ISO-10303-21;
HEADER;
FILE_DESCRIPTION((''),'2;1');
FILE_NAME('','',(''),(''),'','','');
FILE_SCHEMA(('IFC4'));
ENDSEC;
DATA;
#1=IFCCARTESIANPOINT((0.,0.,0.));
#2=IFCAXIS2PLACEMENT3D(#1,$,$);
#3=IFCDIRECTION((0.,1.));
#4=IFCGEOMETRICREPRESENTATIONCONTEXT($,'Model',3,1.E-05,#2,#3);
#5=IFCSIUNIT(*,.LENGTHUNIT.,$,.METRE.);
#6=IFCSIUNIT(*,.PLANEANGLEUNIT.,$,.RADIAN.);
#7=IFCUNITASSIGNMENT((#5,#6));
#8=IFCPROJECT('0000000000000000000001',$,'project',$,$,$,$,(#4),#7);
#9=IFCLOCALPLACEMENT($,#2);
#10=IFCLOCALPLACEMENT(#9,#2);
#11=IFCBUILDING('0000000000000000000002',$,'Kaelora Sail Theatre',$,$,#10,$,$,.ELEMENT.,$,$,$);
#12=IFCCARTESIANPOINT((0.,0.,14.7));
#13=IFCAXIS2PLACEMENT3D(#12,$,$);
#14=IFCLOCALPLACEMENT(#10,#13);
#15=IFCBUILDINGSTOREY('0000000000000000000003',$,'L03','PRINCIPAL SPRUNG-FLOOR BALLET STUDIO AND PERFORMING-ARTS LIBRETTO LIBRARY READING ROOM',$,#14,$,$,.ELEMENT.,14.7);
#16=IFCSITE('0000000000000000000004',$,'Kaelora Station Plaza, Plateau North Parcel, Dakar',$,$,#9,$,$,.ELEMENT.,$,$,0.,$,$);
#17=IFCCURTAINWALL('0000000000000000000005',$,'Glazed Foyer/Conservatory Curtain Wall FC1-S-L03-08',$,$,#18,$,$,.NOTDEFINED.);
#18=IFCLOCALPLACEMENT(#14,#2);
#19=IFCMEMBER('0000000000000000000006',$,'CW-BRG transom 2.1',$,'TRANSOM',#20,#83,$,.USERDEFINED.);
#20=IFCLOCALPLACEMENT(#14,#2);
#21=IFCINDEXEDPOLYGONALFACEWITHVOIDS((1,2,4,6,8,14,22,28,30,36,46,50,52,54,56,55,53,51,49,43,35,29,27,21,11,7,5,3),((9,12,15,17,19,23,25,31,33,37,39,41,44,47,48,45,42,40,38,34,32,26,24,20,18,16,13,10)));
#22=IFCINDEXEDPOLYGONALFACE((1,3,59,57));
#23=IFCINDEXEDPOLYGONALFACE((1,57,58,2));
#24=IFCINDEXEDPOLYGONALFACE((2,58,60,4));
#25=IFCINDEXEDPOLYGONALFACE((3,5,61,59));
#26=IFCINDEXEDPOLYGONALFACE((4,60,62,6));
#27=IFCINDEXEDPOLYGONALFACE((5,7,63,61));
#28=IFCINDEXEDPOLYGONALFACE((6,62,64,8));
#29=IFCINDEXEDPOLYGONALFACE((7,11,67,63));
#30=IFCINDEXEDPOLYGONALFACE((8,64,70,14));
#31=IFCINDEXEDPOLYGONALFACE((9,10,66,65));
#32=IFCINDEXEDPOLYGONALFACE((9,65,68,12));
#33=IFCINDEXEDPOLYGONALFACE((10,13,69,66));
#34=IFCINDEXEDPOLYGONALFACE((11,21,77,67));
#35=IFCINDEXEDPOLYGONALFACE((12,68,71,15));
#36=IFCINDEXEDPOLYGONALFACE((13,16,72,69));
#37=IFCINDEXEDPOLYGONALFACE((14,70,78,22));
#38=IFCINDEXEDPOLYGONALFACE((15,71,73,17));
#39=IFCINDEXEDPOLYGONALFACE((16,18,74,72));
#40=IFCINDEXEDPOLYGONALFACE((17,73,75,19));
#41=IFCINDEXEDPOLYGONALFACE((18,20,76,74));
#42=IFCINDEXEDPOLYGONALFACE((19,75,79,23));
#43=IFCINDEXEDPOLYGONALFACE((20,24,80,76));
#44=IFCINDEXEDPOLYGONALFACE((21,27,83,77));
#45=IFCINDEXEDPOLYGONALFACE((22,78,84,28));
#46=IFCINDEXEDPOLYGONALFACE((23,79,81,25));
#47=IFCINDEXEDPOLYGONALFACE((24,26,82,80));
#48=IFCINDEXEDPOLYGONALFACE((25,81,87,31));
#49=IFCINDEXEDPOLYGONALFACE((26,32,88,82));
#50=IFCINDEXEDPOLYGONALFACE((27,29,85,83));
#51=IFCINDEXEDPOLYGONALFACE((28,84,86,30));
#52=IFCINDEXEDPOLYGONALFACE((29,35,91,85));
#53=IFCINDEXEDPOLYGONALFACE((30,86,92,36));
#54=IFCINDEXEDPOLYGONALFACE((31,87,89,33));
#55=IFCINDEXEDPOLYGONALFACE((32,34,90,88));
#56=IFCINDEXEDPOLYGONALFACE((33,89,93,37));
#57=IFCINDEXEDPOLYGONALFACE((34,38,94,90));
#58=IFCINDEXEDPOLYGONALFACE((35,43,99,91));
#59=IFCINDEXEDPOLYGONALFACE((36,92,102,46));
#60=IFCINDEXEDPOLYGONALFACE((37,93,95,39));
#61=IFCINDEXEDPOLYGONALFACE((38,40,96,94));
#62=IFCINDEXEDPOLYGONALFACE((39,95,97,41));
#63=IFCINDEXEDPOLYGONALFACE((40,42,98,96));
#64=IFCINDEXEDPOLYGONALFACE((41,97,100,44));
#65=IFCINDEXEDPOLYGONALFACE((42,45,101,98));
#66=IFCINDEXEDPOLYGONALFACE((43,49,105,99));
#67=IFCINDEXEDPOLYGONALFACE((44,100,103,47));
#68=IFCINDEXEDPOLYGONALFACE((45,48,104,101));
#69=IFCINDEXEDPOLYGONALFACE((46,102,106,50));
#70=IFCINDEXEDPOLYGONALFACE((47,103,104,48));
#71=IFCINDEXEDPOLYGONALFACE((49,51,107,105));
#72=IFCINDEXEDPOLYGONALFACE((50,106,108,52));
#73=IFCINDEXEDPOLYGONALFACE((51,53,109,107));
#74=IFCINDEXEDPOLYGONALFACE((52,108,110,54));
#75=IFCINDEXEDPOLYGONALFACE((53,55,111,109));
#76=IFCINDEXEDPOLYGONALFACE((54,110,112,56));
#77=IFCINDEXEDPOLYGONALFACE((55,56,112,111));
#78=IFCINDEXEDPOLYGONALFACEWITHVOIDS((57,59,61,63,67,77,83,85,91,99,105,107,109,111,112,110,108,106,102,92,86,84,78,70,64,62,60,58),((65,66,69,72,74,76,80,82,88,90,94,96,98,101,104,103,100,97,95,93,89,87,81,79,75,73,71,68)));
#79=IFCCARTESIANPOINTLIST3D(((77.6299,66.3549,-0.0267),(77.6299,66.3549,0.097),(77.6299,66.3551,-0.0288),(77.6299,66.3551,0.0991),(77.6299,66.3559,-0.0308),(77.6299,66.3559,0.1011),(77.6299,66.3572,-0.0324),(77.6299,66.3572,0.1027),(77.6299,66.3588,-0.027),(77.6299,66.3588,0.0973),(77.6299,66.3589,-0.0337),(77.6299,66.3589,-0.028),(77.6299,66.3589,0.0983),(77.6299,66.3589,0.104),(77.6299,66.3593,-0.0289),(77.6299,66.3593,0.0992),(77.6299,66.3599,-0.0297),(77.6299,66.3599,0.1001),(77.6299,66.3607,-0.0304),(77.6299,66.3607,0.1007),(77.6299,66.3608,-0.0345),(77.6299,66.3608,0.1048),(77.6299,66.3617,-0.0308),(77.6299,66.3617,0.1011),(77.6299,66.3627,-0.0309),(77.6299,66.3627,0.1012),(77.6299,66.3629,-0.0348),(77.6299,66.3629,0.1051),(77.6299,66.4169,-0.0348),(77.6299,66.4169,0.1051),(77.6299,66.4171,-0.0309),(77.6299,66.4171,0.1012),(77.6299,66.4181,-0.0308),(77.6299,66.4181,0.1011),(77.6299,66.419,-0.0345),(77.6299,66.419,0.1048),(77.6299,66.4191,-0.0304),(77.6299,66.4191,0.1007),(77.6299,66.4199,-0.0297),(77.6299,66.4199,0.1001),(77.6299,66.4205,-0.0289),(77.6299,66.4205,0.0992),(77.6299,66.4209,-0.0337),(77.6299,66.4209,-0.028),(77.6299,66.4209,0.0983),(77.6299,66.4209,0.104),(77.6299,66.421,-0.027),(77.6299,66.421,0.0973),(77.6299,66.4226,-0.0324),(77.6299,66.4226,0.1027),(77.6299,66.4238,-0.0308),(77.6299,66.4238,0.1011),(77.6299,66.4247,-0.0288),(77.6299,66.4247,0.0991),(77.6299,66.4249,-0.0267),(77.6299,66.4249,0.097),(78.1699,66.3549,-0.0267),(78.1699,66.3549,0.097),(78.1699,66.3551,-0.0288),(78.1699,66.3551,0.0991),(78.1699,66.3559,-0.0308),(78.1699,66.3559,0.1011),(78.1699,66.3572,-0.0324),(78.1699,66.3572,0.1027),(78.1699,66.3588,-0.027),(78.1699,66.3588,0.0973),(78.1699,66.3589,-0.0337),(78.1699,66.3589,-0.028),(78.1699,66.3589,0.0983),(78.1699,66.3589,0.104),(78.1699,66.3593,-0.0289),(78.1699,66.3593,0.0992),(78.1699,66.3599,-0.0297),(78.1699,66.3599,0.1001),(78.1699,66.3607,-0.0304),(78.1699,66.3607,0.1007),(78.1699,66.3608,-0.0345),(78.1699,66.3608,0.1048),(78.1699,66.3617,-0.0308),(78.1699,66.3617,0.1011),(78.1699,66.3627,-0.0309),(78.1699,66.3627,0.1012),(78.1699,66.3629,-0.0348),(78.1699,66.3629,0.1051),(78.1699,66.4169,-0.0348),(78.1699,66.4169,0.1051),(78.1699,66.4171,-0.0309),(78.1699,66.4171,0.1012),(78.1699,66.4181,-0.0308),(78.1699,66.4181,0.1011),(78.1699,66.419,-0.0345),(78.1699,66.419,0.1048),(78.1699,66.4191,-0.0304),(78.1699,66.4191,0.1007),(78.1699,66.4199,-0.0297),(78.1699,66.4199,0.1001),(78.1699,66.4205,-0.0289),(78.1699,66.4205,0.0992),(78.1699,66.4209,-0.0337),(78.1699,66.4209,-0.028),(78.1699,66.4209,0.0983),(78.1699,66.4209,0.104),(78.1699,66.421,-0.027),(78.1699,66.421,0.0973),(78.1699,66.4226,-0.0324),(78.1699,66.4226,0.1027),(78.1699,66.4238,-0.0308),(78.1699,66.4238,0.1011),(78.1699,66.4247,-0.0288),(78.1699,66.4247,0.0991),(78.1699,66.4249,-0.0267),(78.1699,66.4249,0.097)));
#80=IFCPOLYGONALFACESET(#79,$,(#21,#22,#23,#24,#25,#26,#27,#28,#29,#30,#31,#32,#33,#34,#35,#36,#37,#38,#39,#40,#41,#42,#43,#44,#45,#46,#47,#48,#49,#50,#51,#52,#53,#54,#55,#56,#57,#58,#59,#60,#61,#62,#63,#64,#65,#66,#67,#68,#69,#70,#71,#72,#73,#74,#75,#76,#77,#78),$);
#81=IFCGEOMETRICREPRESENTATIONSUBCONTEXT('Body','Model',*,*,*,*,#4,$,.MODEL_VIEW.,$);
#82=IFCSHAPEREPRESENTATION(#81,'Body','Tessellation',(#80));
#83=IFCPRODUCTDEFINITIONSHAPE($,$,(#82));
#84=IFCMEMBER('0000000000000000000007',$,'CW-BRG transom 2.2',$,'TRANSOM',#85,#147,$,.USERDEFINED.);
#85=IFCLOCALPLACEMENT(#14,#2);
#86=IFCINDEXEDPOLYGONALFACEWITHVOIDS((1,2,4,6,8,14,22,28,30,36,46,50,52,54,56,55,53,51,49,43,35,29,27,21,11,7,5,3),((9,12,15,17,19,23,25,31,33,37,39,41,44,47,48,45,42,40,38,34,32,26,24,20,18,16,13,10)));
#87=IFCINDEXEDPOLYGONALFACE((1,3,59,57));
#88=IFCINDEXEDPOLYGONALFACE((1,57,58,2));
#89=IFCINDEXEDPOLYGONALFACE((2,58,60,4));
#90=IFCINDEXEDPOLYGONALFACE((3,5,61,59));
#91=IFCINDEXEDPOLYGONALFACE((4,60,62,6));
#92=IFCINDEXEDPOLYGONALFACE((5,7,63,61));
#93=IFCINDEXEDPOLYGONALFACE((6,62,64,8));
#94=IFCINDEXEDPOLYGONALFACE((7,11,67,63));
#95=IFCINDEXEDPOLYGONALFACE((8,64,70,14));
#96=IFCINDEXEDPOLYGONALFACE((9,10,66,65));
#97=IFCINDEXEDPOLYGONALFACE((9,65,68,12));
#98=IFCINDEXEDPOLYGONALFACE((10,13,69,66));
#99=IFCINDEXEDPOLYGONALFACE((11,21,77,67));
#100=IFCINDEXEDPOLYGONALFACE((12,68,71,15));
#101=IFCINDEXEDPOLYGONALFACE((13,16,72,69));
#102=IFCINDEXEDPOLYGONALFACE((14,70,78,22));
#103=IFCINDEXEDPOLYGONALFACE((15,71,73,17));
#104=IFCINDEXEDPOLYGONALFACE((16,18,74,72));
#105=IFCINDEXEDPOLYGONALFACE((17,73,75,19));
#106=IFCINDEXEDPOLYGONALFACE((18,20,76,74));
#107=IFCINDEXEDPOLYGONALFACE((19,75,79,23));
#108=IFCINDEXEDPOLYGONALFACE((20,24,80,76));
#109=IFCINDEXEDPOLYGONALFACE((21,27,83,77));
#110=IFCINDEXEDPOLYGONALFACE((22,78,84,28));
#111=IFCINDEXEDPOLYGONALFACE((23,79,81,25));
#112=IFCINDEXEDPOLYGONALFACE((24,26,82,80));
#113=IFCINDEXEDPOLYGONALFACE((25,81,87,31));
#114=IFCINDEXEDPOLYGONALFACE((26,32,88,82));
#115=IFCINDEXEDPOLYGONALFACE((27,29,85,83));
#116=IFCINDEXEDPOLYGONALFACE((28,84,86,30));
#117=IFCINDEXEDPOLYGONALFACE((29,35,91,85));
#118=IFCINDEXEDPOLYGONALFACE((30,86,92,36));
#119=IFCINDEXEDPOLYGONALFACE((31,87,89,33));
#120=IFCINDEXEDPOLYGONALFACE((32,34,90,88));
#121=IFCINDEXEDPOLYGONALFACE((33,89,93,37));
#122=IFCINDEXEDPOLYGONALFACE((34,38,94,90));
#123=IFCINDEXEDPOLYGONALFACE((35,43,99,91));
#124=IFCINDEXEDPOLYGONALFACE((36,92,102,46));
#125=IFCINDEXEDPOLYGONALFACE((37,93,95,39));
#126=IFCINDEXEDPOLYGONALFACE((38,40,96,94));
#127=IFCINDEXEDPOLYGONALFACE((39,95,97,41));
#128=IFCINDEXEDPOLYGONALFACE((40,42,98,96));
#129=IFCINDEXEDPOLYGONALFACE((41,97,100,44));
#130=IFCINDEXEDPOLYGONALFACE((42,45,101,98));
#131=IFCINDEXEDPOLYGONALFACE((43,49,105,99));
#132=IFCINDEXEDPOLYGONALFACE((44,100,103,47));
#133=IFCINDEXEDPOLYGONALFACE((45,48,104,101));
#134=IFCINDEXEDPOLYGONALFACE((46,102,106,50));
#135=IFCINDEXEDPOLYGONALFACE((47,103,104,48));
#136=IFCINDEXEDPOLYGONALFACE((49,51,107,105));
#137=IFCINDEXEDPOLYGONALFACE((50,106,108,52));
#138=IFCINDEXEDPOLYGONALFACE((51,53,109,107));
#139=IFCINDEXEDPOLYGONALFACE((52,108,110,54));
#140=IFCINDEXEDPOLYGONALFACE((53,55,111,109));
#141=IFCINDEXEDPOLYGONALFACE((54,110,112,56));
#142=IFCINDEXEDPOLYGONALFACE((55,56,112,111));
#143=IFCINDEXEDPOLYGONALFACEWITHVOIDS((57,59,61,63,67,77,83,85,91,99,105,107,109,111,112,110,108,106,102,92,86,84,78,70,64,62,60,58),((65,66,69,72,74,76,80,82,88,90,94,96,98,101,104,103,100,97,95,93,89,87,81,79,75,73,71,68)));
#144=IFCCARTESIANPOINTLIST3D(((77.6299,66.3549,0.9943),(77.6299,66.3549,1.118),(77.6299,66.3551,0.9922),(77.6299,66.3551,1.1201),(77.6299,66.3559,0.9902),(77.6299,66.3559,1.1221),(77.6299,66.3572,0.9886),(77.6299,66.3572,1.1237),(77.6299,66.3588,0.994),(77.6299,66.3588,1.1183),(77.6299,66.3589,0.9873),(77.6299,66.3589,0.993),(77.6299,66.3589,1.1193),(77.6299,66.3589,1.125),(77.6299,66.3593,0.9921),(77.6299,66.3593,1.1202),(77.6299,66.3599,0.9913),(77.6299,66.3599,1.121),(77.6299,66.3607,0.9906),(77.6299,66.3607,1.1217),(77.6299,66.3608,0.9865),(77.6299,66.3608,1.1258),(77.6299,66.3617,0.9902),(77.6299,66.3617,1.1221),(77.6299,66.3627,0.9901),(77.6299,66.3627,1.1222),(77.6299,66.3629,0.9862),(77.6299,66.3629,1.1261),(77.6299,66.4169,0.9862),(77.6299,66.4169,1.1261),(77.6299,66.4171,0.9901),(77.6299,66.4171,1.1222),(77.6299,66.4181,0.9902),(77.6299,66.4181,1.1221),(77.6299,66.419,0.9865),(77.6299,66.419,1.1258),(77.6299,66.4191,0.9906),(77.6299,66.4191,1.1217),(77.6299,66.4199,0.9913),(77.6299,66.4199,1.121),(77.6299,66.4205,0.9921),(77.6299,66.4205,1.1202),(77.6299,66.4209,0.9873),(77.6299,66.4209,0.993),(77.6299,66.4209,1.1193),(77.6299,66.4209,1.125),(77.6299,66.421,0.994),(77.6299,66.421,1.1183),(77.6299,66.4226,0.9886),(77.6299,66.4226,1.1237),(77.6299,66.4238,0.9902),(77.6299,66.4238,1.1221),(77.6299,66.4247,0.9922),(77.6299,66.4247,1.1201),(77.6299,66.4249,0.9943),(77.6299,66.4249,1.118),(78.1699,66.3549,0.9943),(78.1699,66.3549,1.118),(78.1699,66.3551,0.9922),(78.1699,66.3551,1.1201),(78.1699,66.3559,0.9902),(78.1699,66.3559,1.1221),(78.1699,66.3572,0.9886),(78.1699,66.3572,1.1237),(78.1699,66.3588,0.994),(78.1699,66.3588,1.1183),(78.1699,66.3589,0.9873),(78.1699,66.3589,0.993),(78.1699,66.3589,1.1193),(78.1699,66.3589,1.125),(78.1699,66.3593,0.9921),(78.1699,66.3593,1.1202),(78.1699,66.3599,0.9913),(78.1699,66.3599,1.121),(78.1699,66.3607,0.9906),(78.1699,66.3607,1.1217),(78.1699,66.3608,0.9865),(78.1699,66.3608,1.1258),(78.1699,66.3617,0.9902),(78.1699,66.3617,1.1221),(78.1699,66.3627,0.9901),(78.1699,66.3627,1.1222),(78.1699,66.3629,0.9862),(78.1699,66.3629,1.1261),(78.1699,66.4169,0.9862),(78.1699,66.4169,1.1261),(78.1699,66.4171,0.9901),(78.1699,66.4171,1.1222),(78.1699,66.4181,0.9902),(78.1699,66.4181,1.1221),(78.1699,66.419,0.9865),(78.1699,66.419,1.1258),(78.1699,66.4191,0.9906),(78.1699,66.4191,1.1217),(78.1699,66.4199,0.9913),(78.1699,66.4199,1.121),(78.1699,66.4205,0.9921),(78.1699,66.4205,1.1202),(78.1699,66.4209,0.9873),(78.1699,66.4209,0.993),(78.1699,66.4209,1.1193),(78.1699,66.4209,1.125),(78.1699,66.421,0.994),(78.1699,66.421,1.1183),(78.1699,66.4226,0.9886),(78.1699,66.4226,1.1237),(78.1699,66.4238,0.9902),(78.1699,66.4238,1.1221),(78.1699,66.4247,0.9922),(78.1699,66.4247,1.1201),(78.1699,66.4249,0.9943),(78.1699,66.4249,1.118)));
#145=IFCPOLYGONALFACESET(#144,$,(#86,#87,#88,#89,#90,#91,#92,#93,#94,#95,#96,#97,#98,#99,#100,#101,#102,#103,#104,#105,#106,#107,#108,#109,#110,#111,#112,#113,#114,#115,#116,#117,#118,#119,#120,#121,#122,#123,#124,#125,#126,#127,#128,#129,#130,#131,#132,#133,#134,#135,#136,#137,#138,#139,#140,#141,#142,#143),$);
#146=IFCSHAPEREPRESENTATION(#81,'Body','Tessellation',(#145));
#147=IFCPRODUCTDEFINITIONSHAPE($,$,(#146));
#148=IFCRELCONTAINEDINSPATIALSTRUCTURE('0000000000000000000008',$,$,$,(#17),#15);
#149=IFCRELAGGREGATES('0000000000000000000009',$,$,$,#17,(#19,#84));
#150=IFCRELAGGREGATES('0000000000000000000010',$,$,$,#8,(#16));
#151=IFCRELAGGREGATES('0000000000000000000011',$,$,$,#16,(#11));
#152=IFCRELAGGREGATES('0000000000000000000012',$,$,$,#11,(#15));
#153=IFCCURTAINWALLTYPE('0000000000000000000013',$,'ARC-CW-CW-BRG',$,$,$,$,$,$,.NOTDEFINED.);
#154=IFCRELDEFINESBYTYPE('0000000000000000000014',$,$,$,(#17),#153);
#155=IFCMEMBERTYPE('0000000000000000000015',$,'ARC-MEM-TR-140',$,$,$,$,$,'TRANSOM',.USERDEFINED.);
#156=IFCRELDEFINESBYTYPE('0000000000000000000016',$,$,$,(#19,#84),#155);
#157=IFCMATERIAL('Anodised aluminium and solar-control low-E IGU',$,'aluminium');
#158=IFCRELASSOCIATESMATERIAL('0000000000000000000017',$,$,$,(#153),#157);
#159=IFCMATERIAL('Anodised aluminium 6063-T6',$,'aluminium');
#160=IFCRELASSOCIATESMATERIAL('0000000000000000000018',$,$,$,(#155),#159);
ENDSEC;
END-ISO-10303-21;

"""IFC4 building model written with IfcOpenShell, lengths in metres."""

from ifc_helpers import new_model, si_unit, direction, frame, origin, origin_2d, place, context, subcontext, project, spatial, hollow_rectangle, extrude, material, material_profile, profile_set, type_object, element, aggregate, save


model = new_model("IFC4")

# Units and contexts
model_context = context("Model", 3, precision=1e-05, world=origin(), true_north=direction((0.0, 1.0)))
body_context = subcontext(model_context, "Body", "Model", "MODEL_VIEW")
ifc_project = project(units=[si_unit("LENGTHUNIT", "METRE"), si_unit("PLANEANGLEUNIT", "RADIAN")], contexts=[model_context])

# Site, building, storey
site_placement = place(None, origin())
site = spatial("IfcSite", under=ifc_project, at=site_placement, Name="Kaelora Station Plaza, Plateau North Parcel, Dakar", CompositionType="ELEMENT", RefElevation=0.0)
building_placement = place(site_placement, origin())
building = spatial("IfcBuilding", under=site, at=building_placement, Name="Kaelora Sail Theatre", CompositionType="ELEMENT")
storey_placement = place(building_placement, frame((0.0, 0.0, 14.7)))
storey = spatial("IfcBuildingStorey", under=building, at=storey_placement, Name="L03", Description="PRINCIPAL SPRUNG-FLOOR BALLET STUDIO AND PERFORMING-ARTS LIBRETTO LIBRARY READING ROOM", CompositionType="ELEMENT", Elevation=14.7)

# Curtain wall
ifc_material_1 = material(Name="Anodised aluminium and solar-control low-E IGU", Category="aluminium")
curtain_wall_type = type_object("IfcCurtainWallType", Name="ARC-CW-CW-BRG", PredefinedType="NOTDEFINED", material=ifc_material_1)
curtain_wall_1_placement = place(storey_placement, origin())
curtain_wall_1 = element("IfcCurtainWall", 1, at=curtain_wall_1_placement, inside=storey, type_object=curtain_wall_type, Name="Glazed Foyer/Conservatory Curtain Wall FC1-S-L03-08", PredefinedType="NOTDEFINED")

# Members
ifc_material_2 = material(Name="Anodised aluminium 6063-T6", Category="aluminium")
ifc_material_profile_1 = material_profile(ifc_material_2, hollow_rectangle(XDim=0.0701, YDim=0.1399, WallThickness=0.0039, InnerFilletRadius=0.0039, OuterFilletRadius=0.0081, at=origin_2d()), Name="ALU-TRAN 70x140x4")
ifc_profile_set_1 = profile_set([ifc_material_profile_1], Name="Anodised aluminium 6063-T6")
member_type_1 = type_object("IfcMemberType", Name="ARC-MEM-TR-140", ElementType="TRANSOM", PredefinedType="USERDEFINED", material=ifc_profile_set_1)
member_1_placement = place(storey_placement, frame((77.6299, 66.3899, 0.0352), z_axis=(1.0, 0.0, 0.0), x_axis=(0.0, 1.0, 0.0)))
member_1 = element("IfcMember", 2, at=member_1_placement, type_object=member_type_1, Name="CW-BRG transom 2.1", ObjectType="TRANSOM", PredefinedType="USERDEFINED", context=body_context, shape_type="SweptSolid", body=[
    extrude(hollow_rectangle(XDim=0.0701, YDim=0.1399, WallThickness=0.0039, InnerFilletRadius=0.0039, OuterFilletRadius=0.0081, at=origin_2d()), origin(), (0.0, 0.0, 1.0), 0.54),
])
member_2_placement = place(storey_placement, frame((77.6299, 66.3899, 1.0562), z_axis=(1.0, 0.0, 0.0), x_axis=(0.0, 1.0, 0.0)))
member_2 = element("IfcMember", 3, at=member_2_placement, type_object=member_type_1, Name="CW-BRG transom 2.2", ObjectType="TRANSOM", PredefinedType="USERDEFINED", context=body_context, shape_type="SweptSolid", body=[
    extrude(hollow_rectangle(XDim=0.0701, YDim=0.1399, WallThickness=0.0039, InnerFilletRadius=0.0039, OuterFilletRadius=0.0081, at=origin_2d()), origin(), (0.0, 0.0, 1.0), 0.54),
])

aggregate(curtain_wall_1, [member_1, member_2])

save(model, "model.ifc")
